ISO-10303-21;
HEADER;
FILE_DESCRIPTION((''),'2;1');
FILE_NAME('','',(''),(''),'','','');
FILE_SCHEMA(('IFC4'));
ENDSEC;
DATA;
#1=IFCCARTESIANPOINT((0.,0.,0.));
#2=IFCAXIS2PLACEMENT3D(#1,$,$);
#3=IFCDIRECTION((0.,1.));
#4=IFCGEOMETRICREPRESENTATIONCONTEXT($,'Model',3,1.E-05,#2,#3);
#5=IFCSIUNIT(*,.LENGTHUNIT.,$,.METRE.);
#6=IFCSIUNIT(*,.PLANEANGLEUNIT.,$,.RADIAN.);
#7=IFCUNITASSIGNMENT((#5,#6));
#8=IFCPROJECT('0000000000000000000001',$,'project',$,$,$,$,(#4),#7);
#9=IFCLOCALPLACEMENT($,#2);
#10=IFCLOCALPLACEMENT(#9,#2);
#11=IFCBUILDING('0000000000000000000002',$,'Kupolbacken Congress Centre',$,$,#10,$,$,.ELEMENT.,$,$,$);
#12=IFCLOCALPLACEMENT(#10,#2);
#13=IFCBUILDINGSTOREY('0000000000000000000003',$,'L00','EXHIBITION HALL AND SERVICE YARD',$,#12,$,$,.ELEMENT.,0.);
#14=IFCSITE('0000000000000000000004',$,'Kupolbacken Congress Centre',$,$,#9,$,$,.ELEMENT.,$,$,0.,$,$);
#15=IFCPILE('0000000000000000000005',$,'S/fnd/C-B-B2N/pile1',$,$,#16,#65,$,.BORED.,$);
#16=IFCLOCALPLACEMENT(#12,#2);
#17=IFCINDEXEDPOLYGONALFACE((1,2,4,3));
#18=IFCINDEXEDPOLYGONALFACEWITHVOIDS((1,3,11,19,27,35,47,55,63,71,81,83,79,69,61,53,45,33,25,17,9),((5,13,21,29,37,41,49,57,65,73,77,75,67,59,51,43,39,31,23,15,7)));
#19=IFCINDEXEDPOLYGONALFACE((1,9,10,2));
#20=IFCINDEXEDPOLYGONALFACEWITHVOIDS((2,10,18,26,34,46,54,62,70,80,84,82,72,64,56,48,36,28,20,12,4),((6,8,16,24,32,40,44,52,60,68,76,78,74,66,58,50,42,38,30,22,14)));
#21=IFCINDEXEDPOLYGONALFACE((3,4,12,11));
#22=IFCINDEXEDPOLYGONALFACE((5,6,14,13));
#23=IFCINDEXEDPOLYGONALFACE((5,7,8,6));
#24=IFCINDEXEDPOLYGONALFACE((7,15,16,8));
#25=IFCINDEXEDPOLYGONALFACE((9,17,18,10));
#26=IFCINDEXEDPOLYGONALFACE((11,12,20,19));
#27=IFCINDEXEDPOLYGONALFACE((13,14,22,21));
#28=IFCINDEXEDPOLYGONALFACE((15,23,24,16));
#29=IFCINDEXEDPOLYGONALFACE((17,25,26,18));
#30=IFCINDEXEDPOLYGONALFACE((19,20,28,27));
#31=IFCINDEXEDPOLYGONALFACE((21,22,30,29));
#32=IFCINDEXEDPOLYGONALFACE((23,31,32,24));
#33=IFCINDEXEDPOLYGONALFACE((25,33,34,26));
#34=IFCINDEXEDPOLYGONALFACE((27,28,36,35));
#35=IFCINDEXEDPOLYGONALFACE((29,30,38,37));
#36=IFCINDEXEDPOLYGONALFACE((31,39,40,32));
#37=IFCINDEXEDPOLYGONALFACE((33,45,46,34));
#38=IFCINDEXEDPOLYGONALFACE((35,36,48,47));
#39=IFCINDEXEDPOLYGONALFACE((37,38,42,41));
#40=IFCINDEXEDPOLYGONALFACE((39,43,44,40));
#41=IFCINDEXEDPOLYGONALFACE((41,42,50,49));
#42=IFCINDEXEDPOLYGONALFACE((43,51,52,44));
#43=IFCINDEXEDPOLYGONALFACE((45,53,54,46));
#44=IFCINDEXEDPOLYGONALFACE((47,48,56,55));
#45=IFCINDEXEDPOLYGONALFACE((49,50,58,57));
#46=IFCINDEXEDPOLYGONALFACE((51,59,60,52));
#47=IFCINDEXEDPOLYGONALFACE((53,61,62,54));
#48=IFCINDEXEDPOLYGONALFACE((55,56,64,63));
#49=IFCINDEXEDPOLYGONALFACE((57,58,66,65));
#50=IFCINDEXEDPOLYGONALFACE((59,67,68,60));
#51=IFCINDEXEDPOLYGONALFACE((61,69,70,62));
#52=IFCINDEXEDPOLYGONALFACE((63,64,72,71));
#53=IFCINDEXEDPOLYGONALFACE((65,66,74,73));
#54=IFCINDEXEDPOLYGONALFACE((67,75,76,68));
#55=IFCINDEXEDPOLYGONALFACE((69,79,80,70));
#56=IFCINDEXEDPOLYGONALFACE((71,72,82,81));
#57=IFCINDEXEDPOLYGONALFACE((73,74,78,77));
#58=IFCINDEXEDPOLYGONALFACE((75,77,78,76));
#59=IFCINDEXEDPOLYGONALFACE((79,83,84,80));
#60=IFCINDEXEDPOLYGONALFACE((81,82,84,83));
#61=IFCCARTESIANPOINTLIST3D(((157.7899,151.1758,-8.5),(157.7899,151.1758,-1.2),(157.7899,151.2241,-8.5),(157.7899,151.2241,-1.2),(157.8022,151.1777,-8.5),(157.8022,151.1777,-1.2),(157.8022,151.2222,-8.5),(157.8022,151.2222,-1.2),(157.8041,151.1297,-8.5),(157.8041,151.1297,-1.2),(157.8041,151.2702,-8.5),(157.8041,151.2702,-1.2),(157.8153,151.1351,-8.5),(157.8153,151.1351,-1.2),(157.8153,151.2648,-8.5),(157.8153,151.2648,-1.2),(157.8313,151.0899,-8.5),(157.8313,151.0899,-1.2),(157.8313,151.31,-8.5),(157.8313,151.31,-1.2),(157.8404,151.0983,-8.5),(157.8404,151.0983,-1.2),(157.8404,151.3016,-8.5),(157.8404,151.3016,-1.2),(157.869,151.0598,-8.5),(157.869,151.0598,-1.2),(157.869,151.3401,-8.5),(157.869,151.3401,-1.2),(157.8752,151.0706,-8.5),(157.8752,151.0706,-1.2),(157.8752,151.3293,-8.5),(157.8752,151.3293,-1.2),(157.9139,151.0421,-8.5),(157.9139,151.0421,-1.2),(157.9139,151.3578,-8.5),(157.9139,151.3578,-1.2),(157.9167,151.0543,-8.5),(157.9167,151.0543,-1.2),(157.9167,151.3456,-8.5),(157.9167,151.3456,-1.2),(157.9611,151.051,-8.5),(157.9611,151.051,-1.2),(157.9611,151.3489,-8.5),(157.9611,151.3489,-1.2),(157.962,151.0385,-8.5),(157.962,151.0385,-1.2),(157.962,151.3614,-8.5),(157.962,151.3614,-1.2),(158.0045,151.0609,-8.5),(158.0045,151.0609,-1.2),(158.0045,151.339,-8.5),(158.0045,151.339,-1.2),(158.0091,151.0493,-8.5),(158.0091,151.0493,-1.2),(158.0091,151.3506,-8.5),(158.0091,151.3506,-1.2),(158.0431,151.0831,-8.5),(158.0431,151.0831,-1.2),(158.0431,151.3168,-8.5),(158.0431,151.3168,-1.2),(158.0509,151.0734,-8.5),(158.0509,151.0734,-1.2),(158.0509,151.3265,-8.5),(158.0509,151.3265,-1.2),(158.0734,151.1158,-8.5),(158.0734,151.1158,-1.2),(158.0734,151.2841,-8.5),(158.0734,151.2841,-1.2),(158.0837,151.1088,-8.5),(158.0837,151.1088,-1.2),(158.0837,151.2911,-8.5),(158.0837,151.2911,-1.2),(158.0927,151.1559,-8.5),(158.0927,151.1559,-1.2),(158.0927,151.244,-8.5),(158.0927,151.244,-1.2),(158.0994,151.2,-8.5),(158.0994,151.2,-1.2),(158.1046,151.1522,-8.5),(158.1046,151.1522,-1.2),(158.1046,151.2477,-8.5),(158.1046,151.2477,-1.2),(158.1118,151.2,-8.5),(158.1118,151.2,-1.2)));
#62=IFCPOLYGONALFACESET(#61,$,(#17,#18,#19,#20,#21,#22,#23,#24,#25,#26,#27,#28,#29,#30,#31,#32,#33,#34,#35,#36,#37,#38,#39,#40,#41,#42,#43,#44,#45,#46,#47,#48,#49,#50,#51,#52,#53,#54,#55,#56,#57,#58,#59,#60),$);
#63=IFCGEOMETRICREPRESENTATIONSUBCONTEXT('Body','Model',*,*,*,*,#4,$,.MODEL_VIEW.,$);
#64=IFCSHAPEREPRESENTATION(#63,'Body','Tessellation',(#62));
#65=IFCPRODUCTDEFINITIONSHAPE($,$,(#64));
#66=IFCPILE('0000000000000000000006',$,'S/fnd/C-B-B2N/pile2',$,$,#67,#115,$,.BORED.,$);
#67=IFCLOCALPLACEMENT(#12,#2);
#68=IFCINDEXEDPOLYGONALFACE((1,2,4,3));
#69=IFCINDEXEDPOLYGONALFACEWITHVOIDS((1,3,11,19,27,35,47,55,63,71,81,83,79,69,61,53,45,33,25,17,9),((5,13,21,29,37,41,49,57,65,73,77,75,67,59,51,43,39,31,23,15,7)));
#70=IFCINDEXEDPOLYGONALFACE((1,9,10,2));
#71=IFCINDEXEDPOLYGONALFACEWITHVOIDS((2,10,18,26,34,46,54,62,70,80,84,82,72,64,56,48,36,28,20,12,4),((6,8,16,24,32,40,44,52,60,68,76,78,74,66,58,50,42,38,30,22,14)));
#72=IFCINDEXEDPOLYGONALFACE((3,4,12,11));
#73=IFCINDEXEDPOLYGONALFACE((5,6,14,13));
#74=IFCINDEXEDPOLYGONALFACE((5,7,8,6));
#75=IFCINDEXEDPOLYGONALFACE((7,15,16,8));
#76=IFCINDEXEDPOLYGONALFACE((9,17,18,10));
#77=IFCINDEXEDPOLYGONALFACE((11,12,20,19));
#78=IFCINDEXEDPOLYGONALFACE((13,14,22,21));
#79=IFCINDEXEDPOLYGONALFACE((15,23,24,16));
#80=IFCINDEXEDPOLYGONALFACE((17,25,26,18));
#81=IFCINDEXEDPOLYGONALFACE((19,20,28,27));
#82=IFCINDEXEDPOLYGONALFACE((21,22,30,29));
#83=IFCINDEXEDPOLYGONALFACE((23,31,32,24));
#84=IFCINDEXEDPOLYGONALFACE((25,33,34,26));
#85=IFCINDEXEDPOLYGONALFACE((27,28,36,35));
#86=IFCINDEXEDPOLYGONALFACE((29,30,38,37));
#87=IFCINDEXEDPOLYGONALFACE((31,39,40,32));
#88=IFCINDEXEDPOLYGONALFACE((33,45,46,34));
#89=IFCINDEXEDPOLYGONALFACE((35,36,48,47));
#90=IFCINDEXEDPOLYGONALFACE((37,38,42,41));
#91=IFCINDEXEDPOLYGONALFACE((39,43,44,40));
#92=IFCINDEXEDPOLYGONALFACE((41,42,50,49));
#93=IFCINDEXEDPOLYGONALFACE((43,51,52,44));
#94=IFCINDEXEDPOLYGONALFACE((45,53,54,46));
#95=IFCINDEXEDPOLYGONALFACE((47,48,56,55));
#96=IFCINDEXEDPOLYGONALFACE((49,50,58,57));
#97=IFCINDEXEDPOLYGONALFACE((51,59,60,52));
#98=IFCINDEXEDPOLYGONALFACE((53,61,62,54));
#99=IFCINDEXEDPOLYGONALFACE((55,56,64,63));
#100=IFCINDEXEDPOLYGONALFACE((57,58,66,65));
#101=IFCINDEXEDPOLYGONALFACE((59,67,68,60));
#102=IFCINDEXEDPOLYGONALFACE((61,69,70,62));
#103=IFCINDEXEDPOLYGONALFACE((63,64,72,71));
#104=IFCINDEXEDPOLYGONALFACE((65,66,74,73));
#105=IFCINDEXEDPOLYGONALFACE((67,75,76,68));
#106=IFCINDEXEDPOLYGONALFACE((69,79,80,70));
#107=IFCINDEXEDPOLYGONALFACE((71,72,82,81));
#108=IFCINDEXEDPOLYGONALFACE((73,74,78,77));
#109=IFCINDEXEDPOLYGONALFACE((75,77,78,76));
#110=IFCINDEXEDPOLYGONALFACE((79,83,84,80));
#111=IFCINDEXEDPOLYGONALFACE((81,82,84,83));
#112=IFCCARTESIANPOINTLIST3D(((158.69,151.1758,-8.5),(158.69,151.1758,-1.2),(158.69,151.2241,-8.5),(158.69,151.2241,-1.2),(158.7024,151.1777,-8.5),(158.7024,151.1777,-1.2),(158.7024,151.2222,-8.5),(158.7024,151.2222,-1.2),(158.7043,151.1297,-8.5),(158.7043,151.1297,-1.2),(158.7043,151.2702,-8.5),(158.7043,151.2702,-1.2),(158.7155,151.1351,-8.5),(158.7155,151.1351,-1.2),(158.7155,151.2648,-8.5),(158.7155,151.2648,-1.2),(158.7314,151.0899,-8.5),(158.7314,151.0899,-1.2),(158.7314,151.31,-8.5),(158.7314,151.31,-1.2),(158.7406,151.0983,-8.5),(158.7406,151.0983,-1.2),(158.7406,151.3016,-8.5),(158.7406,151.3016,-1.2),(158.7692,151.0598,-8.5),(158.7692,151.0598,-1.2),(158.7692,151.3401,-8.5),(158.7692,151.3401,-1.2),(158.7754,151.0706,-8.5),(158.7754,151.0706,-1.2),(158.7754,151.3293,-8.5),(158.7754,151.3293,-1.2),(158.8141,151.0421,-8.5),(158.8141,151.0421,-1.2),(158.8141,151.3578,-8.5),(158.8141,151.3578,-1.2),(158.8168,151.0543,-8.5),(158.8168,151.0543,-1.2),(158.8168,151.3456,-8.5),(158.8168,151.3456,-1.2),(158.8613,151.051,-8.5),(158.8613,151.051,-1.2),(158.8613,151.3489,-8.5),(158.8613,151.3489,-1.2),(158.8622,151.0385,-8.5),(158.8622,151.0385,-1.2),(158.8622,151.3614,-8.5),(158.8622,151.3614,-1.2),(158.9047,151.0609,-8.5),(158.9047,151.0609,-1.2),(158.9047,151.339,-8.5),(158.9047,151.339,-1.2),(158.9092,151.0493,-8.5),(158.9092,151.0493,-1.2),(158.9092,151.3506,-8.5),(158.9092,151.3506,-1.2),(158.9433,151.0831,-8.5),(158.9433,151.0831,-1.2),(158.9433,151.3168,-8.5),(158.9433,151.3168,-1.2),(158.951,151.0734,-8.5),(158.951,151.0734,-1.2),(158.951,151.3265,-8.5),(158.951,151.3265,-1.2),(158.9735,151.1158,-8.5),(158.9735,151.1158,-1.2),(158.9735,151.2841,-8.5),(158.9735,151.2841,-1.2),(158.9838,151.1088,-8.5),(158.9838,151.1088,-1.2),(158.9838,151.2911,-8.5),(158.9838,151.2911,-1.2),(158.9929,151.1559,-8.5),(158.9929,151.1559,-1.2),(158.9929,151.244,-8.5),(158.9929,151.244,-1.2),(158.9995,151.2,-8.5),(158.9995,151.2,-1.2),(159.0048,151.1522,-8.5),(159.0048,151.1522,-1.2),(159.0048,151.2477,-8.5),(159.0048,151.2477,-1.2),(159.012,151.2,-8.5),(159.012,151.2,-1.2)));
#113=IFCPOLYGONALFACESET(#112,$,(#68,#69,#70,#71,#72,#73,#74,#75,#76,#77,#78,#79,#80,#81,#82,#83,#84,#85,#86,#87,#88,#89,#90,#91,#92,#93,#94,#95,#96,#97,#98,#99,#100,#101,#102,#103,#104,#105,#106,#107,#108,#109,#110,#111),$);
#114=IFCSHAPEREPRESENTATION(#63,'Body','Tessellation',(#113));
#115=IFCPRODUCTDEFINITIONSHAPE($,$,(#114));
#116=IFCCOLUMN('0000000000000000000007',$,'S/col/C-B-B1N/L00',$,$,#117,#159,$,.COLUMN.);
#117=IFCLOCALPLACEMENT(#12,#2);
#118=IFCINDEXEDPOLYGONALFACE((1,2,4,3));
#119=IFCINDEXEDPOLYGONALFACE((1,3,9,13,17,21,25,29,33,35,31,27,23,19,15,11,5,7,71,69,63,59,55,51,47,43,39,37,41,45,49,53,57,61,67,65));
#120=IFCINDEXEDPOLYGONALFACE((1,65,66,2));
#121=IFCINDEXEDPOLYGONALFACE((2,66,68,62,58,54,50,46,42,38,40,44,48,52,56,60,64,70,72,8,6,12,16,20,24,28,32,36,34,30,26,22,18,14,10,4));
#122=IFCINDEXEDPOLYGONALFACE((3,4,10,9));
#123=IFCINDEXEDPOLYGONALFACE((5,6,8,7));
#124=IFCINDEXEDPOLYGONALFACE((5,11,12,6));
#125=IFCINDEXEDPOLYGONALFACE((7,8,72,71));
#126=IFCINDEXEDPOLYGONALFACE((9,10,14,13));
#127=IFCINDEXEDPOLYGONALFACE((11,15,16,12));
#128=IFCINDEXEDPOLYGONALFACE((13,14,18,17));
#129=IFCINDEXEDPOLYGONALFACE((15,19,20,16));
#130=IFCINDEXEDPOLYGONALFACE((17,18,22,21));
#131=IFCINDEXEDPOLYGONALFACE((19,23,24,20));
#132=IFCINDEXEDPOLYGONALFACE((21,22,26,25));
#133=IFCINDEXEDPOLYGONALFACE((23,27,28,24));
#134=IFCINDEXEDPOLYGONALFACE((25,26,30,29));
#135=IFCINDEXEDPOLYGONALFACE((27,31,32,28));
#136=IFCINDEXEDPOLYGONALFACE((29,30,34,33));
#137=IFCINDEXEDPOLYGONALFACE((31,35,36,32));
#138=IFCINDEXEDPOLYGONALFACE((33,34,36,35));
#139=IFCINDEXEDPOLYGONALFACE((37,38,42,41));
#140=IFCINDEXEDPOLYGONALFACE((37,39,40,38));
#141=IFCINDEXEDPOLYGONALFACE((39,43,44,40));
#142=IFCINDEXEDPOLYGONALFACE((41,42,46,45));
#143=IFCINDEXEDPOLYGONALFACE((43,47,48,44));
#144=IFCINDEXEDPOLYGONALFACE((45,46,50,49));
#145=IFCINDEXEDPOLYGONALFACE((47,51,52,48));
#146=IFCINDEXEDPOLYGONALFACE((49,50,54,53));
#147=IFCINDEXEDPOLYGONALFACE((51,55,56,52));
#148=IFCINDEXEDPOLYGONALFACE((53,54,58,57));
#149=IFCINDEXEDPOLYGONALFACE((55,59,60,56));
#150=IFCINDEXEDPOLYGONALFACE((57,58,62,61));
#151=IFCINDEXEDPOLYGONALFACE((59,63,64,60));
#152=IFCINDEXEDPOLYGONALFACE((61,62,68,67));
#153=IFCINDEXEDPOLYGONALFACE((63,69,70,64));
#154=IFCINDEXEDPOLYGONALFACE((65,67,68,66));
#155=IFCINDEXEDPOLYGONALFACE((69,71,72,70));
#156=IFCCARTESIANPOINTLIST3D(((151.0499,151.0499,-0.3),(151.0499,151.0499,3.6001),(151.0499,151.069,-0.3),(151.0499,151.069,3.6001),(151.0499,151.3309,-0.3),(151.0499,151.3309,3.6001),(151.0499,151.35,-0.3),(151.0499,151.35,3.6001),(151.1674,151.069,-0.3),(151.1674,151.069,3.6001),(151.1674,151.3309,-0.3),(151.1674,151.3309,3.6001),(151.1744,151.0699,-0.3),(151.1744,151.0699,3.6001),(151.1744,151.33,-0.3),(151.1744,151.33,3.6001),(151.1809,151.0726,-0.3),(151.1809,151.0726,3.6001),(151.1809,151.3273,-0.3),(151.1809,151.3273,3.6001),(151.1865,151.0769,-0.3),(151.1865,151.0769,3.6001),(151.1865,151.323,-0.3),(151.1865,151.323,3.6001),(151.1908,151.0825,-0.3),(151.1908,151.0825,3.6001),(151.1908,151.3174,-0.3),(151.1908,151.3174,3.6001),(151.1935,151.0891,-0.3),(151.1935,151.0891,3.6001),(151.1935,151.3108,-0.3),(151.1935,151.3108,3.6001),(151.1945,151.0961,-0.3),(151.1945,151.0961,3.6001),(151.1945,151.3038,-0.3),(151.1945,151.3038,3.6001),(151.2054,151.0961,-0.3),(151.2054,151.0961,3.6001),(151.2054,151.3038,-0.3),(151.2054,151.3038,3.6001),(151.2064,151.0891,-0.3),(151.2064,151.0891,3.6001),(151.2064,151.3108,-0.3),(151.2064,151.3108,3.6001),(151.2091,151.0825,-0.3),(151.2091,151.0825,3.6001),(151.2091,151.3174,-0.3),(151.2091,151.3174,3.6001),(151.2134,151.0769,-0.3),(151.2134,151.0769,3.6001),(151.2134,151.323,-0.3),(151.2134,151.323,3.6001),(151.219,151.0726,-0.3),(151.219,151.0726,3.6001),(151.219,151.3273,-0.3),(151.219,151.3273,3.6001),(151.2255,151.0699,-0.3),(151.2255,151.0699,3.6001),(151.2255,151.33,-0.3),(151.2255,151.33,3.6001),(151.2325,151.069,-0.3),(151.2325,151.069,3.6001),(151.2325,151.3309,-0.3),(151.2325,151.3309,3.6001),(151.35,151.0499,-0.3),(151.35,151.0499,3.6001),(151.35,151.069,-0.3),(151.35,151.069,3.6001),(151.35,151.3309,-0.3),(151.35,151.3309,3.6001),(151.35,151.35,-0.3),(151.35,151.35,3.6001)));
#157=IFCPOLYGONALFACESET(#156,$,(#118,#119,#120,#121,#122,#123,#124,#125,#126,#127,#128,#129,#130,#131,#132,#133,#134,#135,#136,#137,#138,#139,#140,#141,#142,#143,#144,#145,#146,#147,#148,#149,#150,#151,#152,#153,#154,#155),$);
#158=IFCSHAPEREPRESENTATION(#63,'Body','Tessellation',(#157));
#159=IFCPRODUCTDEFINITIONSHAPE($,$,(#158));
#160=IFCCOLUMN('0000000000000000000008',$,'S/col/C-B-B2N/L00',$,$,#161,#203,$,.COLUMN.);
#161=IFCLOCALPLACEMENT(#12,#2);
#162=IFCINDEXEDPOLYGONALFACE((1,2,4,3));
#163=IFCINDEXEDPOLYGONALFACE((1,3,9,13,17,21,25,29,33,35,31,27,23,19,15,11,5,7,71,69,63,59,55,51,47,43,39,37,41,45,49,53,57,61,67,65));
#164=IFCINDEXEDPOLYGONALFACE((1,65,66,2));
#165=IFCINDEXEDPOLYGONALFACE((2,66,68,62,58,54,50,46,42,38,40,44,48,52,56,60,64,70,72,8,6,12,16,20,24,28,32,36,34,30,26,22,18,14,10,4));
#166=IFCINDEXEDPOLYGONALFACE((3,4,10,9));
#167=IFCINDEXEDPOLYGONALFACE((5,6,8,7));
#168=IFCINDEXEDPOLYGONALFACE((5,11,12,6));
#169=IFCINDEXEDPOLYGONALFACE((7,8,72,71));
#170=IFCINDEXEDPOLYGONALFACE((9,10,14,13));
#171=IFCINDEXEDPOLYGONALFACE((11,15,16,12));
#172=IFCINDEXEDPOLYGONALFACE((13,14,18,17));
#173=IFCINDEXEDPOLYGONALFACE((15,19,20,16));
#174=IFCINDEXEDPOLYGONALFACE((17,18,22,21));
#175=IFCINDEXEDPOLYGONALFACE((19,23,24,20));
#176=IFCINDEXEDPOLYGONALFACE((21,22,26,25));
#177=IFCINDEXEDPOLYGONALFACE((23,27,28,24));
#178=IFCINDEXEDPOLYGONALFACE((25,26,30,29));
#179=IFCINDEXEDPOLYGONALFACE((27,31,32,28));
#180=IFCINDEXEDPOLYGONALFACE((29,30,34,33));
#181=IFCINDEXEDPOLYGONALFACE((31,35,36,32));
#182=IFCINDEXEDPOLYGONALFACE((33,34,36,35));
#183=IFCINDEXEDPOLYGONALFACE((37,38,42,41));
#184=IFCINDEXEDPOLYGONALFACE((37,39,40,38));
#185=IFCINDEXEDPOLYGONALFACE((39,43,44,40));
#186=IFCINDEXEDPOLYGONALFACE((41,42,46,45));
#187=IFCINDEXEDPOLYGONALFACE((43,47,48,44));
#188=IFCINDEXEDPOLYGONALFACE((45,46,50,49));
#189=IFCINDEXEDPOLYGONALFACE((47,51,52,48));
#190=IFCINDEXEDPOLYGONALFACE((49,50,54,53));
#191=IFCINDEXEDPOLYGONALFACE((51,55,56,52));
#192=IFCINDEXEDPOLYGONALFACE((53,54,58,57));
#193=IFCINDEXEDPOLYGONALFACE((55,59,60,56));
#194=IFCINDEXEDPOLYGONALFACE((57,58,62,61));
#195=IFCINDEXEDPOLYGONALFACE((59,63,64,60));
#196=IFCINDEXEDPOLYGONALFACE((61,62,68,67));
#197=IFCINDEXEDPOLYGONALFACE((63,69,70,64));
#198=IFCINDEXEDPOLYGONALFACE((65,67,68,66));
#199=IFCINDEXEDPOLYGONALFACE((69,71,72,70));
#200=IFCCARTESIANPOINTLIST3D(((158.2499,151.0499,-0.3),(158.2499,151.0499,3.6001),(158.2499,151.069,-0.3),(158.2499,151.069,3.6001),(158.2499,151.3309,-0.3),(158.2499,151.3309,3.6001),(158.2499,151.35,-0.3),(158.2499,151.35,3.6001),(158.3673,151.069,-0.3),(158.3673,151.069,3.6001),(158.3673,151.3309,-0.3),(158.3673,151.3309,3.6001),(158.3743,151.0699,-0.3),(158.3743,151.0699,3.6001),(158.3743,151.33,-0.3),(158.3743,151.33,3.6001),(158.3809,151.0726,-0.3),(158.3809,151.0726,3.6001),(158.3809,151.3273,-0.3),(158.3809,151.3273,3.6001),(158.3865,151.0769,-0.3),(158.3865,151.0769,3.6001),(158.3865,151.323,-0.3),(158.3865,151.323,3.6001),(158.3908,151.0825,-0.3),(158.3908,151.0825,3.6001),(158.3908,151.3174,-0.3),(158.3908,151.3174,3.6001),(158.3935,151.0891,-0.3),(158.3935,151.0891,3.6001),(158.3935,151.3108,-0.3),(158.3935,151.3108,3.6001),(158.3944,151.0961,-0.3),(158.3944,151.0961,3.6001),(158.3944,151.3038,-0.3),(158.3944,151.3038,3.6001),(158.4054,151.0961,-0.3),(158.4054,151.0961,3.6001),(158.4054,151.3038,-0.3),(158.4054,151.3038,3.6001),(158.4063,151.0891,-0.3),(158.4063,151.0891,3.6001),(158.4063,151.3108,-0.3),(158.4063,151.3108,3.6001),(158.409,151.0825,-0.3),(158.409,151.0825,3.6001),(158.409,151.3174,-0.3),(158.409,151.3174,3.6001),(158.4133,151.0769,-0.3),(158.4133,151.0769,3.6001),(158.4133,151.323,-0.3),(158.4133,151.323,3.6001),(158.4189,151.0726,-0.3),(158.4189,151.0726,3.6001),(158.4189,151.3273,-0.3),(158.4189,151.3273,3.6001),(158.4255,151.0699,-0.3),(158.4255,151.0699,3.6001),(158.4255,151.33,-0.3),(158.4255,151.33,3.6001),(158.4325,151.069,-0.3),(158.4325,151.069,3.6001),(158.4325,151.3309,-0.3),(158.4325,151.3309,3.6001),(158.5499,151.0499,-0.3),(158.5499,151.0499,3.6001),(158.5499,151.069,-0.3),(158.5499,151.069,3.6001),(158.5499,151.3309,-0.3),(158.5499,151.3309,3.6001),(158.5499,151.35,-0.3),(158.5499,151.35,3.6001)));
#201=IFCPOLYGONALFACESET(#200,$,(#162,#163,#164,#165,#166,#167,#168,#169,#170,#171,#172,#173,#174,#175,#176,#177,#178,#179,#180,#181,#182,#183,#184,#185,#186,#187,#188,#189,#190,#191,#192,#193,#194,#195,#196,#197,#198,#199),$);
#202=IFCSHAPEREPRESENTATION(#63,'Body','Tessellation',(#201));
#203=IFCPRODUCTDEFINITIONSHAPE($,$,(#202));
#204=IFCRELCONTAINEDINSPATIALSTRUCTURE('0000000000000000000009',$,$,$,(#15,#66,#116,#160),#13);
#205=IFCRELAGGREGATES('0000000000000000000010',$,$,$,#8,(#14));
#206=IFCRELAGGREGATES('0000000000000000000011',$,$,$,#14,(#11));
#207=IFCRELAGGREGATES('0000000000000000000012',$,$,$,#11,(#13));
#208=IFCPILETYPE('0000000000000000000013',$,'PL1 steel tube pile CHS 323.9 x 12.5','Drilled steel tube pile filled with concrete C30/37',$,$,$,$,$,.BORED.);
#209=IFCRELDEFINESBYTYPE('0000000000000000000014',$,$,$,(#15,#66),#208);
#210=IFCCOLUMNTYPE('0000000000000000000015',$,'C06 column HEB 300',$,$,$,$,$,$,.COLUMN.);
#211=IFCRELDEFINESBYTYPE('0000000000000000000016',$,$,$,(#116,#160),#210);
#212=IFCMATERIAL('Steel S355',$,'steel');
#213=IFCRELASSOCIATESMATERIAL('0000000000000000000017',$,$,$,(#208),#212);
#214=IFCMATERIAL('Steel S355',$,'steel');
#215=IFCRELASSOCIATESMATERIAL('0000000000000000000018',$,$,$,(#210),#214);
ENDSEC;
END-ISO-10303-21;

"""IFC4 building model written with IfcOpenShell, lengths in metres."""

from ifc_helpers import new_model, si_unit, direction, frame, origin, origin_2d, place, context, subcontext, project, spatial, hollow_circle, i_section, extrude, material, material_profile, profile_set, type_object, element, save


model = new_model("IFC4")

# Units and contexts
model_context = context("Model", 3, precision=1e-05, world=origin(), true_north=direction((0.0, 1.0)))
body_context = subcontext(model_context, "Body", "Model", "MODEL_VIEW")
ifc_project = project(units=[si_unit("LENGTHUNIT", "METRE"), si_unit("PLANEANGLEUNIT", "RADIAN")], contexts=[model_context])

# Site, building, storey
site_placement = place(None, origin())
site = spatial("IfcSite", under=ifc_project, at=site_placement, Name="Kupolbacken Congress Centre", CompositionType="ELEMENT", RefElevation=0.0)
building_placement = place(site_placement, origin())
building = spatial("IfcBuilding", under=site, at=building_placement, Name="Kupolbacken Congress Centre", CompositionType="ELEMENT")
storey_placement = place(building_placement, origin())
storey = spatial("IfcBuildingStorey", under=building, at=storey_placement, Name="L00", Description="EXHIBITION HALL AND SERVICE YARD", CompositionType="ELEMENT", Elevation=0.0)

# Piles
ifc_material_1 = material(Name="Steel S355", Category="steel")
ifc_material_profile_1 = material_profile(ifc_material_1, hollow_circle(Radius=0.1619, WallThickness=0.0125, at=origin_2d()), Name="CHS 323.9 x 12.5")
ifc_profile_set_1 = profile_set([ifc_material_profile_1], Name="Steel S355")
pile_type = type_object("IfcPileType", Name="PL1 steel tube pile CHS 323.9 x 12.5", Description="Drilled steel tube pile filled with concrete C30/37", PredefinedType="BORED", material=ifc_profile_set_1)
for number, where, z_axis, x_axis, name in (
    (1, (157.95, 151.2, -1.2), (0.0, 0.0, -1.0), (1.0, 0.0, 0.0), "S/fnd/C-B-B2N/pile1"),
    (2, (158.8501, 151.2, -1.2), (0.0, 0.0, -1.0), (1.0, 0.0, 0.0), "S/fnd/C-B-B2N/pile2"),
):
    element("IfcPile", number, at=place(storey_placement, frame(where, z_axis=z_axis, x_axis=x_axis)), inside=storey, type_object=pile_type, Name=name, PredefinedType="BORED", context=body_context, shape_type="SweptSolid", body=[
        extrude(hollow_circle(Radius=0.1619, WallThickness=0.0125, at=origin_2d()), origin(), (0.0, 0.0, 1.0), 7.3),
    ])

# Columns
ifc_material_2 = material(Name="Steel S355", Category="steel")
ifc_material_profile_2 = material_profile(ifc_material_2, i_section(OverallWidth=0.3, OverallDepth=0.3, WebThickness=0.011, FlangeThickness=0.019, FilletRadius=0.0271, at=origin_2d()), Name="HEB 300")
ifc_profile_set_2 = profile_set([ifc_material_profile_2], Name="Steel S355")
column_type_1 = type_object("IfcColumnType", Name="C06 column HEB 300", PredefinedType="COLUMN", material=ifc_profile_set_2)
for number, where, z_axis, x_axis, name in (
    (3, (151.2, 151.2, -0.3), (0.0, 0.0, 1.0), (1.0, 0.0, 0.0), "S/col/C-B-B1N/L00"),
    (4, (158.3999, 151.2, -0.3), (0.0, 0.0, 1.0), (1.0, 0.0, 0.0), "S/col/C-B-B2N/L00"),
):
    element("IfcColumn", number, at=place(storey_placement, frame(where, z_axis=z_axis, x_axis=x_axis)), inside=storey, type_object=column_type_1, Name=name, PredefinedType="COLUMN", context=body_context, shape_type="SweptSolid", body=[
        extrude(i_section(OverallWidth=0.3, OverallDepth=0.3, WebThickness=0.011, FlangeThickness=0.019, FilletRadius=0.0271, at=origin_2d()), origin(), (0.0, 0.0, 1.0), 3.9001),
    ])

save(model, "model.ifc")
